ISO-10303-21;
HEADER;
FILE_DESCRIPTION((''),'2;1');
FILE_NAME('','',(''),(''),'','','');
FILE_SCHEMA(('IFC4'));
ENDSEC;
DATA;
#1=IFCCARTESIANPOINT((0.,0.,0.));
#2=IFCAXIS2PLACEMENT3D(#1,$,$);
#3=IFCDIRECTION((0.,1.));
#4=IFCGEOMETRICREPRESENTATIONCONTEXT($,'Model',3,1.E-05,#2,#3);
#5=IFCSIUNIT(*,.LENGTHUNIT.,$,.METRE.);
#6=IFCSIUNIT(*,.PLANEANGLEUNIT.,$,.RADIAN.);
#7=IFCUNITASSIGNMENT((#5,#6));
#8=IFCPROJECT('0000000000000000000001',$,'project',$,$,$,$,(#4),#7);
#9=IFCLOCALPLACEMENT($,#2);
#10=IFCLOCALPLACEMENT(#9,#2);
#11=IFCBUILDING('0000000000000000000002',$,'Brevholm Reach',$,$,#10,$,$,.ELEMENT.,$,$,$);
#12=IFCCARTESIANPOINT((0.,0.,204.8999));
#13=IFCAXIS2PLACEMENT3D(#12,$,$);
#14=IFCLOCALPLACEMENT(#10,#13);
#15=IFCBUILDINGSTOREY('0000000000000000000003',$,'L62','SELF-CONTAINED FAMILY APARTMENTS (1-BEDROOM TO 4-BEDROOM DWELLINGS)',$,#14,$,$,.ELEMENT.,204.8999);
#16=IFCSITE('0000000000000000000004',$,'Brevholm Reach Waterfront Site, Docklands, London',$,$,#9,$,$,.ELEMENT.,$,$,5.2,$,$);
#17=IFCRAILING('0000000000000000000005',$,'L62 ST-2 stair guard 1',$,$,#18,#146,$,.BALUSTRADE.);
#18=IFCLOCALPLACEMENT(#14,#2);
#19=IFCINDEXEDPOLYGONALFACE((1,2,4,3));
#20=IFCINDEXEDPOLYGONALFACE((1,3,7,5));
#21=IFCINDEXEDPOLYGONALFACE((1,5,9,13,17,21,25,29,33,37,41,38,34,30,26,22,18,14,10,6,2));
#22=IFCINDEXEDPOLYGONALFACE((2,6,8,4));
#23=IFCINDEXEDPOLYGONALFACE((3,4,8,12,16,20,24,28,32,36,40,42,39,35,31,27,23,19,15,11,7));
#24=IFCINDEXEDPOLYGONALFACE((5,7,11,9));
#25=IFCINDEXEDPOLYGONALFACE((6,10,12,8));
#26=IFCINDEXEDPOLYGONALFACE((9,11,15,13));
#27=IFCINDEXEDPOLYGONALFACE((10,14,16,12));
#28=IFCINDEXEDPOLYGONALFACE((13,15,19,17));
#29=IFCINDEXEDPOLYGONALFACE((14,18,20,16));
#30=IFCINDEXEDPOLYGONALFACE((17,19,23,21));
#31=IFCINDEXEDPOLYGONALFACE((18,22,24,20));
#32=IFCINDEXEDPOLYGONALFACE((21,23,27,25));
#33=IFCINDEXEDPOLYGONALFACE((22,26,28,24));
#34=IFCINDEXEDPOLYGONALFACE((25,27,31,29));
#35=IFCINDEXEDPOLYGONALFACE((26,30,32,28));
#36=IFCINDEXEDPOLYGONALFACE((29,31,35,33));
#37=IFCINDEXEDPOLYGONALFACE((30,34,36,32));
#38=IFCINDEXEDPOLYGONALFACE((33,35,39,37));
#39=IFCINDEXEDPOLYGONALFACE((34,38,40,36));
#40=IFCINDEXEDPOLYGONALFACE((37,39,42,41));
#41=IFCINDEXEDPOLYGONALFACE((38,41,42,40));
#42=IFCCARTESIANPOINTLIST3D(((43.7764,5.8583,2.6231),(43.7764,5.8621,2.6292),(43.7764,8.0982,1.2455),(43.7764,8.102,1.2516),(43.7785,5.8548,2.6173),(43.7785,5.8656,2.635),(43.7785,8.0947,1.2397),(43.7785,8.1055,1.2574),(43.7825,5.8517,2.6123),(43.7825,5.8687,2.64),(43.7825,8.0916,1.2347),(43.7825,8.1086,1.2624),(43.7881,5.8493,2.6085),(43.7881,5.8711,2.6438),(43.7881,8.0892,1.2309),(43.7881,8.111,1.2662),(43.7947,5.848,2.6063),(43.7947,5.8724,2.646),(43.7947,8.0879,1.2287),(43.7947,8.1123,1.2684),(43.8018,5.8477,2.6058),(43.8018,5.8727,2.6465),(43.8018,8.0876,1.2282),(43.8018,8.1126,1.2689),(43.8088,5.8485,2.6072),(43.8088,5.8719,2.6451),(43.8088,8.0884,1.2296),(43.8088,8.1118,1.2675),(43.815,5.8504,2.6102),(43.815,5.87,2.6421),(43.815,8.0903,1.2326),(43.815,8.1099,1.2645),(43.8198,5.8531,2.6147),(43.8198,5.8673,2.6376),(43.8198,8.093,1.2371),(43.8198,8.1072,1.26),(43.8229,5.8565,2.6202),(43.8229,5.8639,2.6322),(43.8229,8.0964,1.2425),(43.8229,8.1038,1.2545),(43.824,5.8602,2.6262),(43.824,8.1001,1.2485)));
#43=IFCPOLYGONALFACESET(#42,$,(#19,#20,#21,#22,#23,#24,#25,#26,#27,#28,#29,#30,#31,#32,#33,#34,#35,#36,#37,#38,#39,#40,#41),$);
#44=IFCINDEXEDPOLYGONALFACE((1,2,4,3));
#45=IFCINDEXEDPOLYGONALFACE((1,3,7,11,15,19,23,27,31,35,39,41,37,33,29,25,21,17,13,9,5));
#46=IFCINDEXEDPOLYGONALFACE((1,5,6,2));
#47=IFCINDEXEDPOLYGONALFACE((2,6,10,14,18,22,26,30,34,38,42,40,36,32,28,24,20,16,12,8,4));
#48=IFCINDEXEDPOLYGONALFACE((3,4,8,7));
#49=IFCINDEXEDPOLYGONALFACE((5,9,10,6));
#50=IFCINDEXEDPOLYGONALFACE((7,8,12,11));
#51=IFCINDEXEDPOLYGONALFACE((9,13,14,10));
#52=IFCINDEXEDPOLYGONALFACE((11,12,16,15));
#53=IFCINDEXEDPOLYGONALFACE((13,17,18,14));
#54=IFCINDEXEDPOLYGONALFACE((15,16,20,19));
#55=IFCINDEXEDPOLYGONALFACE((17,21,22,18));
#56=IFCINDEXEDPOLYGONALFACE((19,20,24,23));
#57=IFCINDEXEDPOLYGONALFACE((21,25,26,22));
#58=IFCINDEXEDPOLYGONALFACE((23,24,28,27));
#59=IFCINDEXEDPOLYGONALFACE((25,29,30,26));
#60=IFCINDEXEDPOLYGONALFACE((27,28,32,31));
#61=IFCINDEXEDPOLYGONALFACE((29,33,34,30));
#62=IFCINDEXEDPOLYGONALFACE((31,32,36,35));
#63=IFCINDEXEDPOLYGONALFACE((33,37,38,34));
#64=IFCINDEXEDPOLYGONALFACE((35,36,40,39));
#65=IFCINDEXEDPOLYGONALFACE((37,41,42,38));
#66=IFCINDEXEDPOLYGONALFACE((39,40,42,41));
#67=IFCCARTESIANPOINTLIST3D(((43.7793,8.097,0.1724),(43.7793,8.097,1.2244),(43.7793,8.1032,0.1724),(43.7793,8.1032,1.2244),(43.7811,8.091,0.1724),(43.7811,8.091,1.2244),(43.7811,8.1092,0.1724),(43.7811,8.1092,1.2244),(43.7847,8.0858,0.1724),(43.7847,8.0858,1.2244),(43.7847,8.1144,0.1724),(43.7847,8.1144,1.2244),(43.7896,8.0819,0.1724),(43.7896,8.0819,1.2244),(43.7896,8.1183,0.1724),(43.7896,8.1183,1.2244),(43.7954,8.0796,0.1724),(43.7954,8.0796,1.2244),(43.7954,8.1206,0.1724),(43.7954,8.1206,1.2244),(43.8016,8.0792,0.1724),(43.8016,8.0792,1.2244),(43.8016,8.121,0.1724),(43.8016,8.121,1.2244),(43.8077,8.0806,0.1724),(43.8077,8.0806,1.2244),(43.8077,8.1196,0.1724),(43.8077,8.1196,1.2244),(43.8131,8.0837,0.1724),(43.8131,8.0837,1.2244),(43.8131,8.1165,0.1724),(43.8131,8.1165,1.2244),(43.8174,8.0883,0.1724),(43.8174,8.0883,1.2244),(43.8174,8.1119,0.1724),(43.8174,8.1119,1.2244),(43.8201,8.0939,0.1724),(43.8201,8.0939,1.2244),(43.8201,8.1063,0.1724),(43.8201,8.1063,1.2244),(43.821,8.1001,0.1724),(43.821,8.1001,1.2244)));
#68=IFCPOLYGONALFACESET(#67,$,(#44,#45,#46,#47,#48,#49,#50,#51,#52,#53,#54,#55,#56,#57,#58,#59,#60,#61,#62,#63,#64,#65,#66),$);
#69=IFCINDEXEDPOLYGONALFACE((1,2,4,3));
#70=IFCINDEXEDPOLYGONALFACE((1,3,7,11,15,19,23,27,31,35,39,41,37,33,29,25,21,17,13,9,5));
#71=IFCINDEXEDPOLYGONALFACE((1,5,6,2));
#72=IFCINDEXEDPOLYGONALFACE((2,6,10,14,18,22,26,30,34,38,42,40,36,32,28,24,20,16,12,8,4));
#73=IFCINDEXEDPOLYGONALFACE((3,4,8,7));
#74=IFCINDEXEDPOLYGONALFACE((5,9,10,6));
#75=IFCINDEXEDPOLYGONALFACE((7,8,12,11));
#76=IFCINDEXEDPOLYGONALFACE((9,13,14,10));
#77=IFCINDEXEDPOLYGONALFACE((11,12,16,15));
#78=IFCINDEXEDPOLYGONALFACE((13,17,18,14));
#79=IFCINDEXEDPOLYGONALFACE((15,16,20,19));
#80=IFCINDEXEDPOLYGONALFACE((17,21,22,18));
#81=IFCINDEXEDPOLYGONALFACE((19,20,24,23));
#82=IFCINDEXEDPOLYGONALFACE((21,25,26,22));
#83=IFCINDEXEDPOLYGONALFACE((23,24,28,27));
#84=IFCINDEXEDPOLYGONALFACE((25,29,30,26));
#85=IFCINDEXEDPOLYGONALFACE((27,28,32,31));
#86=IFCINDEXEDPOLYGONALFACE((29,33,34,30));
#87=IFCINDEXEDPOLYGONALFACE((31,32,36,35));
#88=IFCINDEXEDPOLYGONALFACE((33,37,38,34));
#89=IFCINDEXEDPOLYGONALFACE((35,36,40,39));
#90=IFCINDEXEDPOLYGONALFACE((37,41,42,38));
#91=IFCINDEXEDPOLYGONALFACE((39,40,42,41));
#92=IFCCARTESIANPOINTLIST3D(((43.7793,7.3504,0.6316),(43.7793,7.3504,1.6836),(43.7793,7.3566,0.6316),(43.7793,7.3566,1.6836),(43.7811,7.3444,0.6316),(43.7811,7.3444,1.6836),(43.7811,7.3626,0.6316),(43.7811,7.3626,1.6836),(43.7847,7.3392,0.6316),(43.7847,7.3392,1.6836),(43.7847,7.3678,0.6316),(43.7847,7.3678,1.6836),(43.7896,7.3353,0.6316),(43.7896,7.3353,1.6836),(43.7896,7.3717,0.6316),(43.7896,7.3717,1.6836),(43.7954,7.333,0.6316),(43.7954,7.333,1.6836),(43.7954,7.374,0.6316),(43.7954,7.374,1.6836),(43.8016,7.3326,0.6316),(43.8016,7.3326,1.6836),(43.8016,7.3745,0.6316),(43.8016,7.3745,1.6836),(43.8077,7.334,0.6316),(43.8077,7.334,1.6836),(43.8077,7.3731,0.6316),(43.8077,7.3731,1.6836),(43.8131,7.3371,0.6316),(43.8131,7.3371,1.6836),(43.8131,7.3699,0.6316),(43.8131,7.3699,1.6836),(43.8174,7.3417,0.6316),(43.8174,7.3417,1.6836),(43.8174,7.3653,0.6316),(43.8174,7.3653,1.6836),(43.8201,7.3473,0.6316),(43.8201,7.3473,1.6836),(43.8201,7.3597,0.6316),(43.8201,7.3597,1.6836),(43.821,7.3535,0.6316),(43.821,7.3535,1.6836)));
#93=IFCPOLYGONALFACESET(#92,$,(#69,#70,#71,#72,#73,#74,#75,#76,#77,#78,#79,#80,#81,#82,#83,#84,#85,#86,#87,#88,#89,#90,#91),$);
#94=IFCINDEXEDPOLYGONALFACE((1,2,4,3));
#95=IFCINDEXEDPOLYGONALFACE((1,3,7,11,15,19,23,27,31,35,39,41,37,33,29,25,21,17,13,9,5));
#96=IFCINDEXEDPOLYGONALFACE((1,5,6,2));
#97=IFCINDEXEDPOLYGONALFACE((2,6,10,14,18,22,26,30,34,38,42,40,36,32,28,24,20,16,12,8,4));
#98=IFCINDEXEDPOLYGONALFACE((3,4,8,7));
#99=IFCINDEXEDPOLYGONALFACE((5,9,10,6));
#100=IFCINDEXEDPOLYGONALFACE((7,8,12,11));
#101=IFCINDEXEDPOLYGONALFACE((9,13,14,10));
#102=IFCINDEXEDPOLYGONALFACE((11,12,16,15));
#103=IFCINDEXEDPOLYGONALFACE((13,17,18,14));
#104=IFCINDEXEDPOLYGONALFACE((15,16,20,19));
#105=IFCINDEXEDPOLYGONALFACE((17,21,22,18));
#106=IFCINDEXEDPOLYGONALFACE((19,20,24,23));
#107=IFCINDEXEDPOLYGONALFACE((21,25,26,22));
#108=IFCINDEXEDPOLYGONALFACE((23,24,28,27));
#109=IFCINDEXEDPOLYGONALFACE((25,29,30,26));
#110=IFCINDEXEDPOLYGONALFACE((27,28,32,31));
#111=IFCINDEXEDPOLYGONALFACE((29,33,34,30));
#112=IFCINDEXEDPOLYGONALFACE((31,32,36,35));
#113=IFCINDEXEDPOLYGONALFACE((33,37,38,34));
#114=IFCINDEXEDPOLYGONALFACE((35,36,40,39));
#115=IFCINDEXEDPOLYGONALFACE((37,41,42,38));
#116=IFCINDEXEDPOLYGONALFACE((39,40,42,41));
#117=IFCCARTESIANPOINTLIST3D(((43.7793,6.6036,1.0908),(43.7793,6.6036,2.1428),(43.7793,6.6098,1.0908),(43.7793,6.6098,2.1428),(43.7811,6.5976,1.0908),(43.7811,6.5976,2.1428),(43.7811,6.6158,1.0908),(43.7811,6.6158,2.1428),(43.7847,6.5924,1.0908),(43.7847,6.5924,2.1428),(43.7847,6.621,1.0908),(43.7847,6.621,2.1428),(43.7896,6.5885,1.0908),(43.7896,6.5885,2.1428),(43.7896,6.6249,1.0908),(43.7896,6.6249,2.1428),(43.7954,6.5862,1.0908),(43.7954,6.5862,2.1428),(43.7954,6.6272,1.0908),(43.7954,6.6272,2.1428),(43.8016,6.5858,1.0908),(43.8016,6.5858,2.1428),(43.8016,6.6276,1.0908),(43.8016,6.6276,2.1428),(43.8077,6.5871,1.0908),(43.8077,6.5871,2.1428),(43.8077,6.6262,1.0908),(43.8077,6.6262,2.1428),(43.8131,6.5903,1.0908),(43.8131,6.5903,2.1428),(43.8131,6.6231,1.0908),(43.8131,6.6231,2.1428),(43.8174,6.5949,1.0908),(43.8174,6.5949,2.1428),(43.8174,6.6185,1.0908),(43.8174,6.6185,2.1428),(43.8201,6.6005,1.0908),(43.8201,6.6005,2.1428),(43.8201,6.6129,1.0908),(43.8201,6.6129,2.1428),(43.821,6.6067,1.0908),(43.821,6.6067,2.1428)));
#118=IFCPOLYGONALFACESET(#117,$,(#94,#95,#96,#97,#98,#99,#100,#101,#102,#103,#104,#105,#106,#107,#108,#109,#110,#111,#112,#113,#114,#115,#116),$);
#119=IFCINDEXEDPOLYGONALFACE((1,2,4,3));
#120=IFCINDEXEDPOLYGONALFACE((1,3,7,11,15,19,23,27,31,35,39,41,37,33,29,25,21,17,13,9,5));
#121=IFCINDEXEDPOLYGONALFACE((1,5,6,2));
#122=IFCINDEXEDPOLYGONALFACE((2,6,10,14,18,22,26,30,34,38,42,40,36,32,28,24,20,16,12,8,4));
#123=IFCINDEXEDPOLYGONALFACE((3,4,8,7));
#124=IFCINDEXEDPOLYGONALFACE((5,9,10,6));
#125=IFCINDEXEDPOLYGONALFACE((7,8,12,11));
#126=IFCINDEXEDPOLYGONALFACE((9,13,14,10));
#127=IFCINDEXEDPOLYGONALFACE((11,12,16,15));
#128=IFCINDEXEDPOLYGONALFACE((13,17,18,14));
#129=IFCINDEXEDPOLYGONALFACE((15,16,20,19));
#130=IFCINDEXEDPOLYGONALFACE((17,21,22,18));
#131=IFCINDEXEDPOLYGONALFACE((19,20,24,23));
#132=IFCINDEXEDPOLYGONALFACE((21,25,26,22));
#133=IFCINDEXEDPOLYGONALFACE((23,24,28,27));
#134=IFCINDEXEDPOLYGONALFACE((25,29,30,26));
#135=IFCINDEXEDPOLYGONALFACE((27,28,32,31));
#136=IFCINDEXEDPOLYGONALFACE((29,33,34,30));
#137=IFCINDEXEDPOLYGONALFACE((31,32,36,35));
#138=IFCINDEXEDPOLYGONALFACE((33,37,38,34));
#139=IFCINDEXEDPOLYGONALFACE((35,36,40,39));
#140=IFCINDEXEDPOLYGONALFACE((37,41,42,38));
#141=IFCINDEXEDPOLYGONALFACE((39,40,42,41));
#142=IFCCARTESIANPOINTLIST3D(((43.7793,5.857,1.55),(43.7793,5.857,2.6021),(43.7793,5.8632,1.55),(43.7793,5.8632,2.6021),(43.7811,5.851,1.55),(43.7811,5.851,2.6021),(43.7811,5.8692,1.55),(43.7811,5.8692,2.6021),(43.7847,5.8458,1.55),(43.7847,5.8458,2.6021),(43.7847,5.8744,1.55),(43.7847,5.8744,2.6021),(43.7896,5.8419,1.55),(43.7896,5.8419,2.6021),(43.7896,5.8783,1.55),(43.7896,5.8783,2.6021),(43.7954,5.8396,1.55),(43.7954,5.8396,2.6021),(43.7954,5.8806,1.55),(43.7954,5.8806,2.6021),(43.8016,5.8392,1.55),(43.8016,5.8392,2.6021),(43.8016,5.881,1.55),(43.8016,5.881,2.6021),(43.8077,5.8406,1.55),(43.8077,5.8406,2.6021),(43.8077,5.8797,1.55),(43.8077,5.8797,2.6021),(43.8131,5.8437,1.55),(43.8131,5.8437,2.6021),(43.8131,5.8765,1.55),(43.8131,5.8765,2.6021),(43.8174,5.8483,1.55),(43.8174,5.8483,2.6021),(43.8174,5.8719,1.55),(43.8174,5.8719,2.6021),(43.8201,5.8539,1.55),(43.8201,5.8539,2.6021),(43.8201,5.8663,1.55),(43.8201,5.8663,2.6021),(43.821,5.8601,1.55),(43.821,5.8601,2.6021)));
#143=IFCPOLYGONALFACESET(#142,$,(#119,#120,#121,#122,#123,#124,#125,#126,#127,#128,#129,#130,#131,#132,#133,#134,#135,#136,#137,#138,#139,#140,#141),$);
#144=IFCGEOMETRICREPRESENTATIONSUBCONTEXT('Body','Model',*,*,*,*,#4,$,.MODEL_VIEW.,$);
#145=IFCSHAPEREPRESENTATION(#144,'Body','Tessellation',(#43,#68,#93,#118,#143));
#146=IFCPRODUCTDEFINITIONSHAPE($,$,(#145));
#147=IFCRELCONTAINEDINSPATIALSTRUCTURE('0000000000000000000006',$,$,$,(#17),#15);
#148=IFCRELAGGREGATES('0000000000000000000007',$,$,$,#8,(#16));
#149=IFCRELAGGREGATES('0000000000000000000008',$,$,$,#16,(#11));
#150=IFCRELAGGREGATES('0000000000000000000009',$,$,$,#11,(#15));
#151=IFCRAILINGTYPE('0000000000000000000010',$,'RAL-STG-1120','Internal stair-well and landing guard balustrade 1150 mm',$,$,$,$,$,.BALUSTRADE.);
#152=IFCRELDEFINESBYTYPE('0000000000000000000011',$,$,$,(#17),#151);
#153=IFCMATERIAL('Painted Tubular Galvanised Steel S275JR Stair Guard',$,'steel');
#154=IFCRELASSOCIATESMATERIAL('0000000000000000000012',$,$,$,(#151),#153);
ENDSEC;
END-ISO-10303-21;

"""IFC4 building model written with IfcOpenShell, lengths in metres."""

from ifc_helpers import new_model, si_unit, direction, frame, origin, origin_2d, place, context, subcontext, project, spatial, circle, extrude, material, type_object, element, save


model = new_model("IFC4")

# Units and contexts
model_context = context("Model", 3, precision=1e-05, world=origin(), true_north=direction((0.0, 1.0)))
body_context = subcontext(model_context, "Body", "Model", "MODEL_VIEW")
ifc_project = project(units=[si_unit("LENGTHUNIT", "METRE"), si_unit("PLANEANGLEUNIT", "RADIAN")], contexts=[model_context])

# Site, building, storey
site_placement = place(None, origin())
site = spatial("IfcSite", under=ifc_project, at=site_placement, Name="Brevholm Reach Waterfront Site, Docklands, London", CompositionType="ELEMENT", RefElevation=5.2)
building_placement = place(site_placement, origin())
building = spatial("IfcBuilding", under=site, at=building_placement, Name="Brevholm Reach", CompositionType="ELEMENT")
storey_placement = place(building_placement, frame((0.0, 0.0, 204.8999)))
storey = spatial("IfcBuildingStorey", under=building, at=storey_placement, Name="L62", Description="SELF-CONTAINED FAMILY APARTMENTS (1-BEDROOM TO 4-BEDROOM DWELLINGS)", CompositionType="ELEMENT", Elevation=204.8999)

# Railing
ifc_material_1 = material(Name="Painted Tubular Galvanised Steel S275JR Stair Guard", Category="steel")
railing_type_1 = type_object("IfcRailingType", Name="RAL-STG-1120", Description="Internal stair-well and landing guard balustrade 1150 mm", PredefinedType="BALUSTRADE", material=ifc_material_1)
railing_1_placement = place(storey_placement, frame((43.8, 8.1001, 0.1724)))
element("IfcRailing", 1, at=railing_1_placement, inside=storey, type_object=railing_type_1, Name="L62 ST-2 stair guard 1", PredefinedType="BALUSTRADE", context=body_context, shape_type="SweptSolid", body=[
    extrude(circle(Radius=0.0239, at=origin_2d()), frame((0.0, 0.0, 1.0762), z_axis=(0.0, -0.851789, 0.523885), x_axis=(1.0, 0.0, 0.0)), (0.0, 0.0, 1.0), 2.6296),
    extrude(circle(Radius=0.021, at=origin_2d()), origin(), (0.0, 0.0, 1.0), 1.052),
    extrude(circle(Radius=0.021, at=origin_2d()), frame((0.0, -0.7466, 0.4592)), (0.0, 0.0, 1.0), 1.052),
    extrude(circle(Radius=0.021, at=origin_2d()), frame((0.0, -1.4934, 0.9185)), (0.0, 0.0, 1.0), 1.052),
    extrude(circle(Radius=0.021, at=origin_2d()), frame((0.0, -2.24, 1.3777)), (0.0, 0.0, 1.0), 1.052),
])

save(model, "model.ifc")
